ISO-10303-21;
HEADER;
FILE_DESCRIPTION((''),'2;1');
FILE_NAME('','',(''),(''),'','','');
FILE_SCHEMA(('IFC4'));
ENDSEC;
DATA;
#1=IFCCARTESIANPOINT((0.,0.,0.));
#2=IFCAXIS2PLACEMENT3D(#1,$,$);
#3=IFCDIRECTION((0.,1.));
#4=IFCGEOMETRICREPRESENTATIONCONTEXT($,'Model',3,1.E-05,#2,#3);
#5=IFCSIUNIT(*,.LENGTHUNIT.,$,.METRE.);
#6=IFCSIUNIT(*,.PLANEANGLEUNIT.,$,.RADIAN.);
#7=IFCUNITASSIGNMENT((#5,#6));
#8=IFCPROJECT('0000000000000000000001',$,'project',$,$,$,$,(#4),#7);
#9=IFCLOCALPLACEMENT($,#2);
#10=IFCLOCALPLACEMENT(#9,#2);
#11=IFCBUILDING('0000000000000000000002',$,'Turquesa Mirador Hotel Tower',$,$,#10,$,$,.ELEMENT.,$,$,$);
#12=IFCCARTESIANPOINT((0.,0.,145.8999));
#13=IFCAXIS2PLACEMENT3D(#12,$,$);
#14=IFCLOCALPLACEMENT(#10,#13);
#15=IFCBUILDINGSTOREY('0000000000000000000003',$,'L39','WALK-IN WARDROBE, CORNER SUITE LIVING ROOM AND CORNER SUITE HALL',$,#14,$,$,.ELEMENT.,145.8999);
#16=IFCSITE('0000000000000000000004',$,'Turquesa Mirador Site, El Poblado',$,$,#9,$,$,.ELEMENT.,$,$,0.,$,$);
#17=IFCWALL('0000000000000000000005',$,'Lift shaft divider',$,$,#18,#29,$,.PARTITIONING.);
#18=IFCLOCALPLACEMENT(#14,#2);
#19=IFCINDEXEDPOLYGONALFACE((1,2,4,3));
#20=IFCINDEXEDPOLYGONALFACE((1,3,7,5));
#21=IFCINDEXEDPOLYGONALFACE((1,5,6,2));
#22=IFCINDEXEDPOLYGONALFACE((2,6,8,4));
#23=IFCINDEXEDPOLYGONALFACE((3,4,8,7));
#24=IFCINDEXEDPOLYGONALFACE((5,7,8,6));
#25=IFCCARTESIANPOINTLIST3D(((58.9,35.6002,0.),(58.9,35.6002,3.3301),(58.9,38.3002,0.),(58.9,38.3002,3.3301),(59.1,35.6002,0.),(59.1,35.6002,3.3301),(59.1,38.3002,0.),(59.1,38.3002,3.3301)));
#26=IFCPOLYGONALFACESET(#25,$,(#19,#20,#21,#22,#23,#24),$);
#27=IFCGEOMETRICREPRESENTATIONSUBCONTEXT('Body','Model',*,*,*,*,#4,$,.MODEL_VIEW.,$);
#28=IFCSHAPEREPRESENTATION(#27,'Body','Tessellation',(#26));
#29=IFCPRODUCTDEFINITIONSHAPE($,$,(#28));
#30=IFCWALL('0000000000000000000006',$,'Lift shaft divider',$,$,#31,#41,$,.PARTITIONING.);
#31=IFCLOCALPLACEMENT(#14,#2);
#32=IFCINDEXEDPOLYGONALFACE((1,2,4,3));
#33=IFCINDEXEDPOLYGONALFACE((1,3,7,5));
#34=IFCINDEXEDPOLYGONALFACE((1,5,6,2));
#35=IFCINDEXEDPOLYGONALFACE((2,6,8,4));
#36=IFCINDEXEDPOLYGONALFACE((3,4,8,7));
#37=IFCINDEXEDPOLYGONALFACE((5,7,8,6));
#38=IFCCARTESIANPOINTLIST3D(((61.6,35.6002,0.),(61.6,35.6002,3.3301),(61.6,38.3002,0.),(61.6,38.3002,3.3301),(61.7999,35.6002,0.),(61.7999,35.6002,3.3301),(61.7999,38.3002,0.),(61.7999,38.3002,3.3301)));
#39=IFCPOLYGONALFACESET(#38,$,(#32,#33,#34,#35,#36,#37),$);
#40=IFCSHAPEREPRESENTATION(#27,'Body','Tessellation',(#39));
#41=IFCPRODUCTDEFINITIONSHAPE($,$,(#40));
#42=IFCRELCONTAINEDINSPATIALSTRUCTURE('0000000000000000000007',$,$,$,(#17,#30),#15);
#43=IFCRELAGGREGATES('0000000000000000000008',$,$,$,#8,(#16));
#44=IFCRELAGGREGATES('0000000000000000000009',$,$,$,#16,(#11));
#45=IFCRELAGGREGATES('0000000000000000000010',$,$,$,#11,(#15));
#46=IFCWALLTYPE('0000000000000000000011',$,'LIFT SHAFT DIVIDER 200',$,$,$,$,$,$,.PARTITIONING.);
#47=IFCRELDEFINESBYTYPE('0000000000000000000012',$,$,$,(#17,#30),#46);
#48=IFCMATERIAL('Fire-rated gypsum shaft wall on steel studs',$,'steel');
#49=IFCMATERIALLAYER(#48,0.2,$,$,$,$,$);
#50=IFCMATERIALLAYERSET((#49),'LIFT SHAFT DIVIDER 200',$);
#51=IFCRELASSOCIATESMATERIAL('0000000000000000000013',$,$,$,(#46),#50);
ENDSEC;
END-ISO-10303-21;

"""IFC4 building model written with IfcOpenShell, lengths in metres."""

from ifc_helpers import new_model, si_unit, direction, frame, frame_2d, origin, place, context, subcontext, project, spatial, rectangle, extrude, material, layer, layer_set, type_object, element, save


model = new_model("IFC4")

# Units and contexts
model_context = context("Model", 3, precision=1e-05, world=origin(), true_north=direction((0.0, 1.0)))
body_context = subcontext(model_context, "Body", "Model", "MODEL_VIEW")
ifc_project = project(units=[si_unit("LENGTHUNIT", "METRE"), si_unit("PLANEANGLEUNIT", "RADIAN")], contexts=[model_context])

# Site, building, storey
site_placement = place(None, origin())
site = spatial("IfcSite", under=ifc_project, at=site_placement, Name="Turquesa Mirador Site, El Poblado", CompositionType="ELEMENT", RefElevation=0.0)
building_placement = place(site_placement, origin())
building = spatial("IfcBuilding", under=site, at=building_placement, Name="Turquesa Mirador Hotel Tower", CompositionType="ELEMENT")
storey_placement = place(building_placement, frame((0.0, 0.0, 145.8999)))
storey = spatial("IfcBuildingStorey", under=building, at=storey_placement, Name="L39", Description="WALK-IN WARDROBE, CORNER SUITE LIVING ROOM AND CORNER SUITE HALL", CompositionType="ELEMENT", Elevation=145.8999)

# Walls
ifc_material_1 = material(Name="Fire-rated gypsum shaft wall on steel studs", Category="steel")
ifc_layer_1 = layer(ifc_material_1, 0.2)
ifc_layer_set_1 = layer_set([ifc_layer_1], Name="LIFT SHAFT DIVIDER 200")
wall_type_1 = type_object("IfcWallType", Name="LIFT SHAFT DIVIDER 200", PredefinedType="PARTITIONING", material=ifc_layer_set_1)
for number, where, z_axis, x_axis, name in (
    (1, (59.0, 35.6001, 0.0), (0.0, 0.0, 1.0), (0.0, 1.0, 0.0), "Lift shaft divider"),
    (2, (61.7, 35.6001, 0.0), (0.0, 0.0, 1.0), (0.0, 1.0, 0.0), "Lift shaft divider"),
):
    element("IfcWall", number, at=place(storey_placement, frame(where, z_axis=z_axis, x_axis=x_axis)), inside=storey, type_object=wall_type_1, Name=name, PredefinedType="PARTITIONING", context=body_context, shape_type="SweptSolid", body=[
        extrude(rectangle(XDim=2.7, YDim=0.2, at=frame_2d((1.3501, 0.0))), origin(), (0.0, 0.0, 1.0), 3.3301),
    ])

save(model, "model.ifc")
